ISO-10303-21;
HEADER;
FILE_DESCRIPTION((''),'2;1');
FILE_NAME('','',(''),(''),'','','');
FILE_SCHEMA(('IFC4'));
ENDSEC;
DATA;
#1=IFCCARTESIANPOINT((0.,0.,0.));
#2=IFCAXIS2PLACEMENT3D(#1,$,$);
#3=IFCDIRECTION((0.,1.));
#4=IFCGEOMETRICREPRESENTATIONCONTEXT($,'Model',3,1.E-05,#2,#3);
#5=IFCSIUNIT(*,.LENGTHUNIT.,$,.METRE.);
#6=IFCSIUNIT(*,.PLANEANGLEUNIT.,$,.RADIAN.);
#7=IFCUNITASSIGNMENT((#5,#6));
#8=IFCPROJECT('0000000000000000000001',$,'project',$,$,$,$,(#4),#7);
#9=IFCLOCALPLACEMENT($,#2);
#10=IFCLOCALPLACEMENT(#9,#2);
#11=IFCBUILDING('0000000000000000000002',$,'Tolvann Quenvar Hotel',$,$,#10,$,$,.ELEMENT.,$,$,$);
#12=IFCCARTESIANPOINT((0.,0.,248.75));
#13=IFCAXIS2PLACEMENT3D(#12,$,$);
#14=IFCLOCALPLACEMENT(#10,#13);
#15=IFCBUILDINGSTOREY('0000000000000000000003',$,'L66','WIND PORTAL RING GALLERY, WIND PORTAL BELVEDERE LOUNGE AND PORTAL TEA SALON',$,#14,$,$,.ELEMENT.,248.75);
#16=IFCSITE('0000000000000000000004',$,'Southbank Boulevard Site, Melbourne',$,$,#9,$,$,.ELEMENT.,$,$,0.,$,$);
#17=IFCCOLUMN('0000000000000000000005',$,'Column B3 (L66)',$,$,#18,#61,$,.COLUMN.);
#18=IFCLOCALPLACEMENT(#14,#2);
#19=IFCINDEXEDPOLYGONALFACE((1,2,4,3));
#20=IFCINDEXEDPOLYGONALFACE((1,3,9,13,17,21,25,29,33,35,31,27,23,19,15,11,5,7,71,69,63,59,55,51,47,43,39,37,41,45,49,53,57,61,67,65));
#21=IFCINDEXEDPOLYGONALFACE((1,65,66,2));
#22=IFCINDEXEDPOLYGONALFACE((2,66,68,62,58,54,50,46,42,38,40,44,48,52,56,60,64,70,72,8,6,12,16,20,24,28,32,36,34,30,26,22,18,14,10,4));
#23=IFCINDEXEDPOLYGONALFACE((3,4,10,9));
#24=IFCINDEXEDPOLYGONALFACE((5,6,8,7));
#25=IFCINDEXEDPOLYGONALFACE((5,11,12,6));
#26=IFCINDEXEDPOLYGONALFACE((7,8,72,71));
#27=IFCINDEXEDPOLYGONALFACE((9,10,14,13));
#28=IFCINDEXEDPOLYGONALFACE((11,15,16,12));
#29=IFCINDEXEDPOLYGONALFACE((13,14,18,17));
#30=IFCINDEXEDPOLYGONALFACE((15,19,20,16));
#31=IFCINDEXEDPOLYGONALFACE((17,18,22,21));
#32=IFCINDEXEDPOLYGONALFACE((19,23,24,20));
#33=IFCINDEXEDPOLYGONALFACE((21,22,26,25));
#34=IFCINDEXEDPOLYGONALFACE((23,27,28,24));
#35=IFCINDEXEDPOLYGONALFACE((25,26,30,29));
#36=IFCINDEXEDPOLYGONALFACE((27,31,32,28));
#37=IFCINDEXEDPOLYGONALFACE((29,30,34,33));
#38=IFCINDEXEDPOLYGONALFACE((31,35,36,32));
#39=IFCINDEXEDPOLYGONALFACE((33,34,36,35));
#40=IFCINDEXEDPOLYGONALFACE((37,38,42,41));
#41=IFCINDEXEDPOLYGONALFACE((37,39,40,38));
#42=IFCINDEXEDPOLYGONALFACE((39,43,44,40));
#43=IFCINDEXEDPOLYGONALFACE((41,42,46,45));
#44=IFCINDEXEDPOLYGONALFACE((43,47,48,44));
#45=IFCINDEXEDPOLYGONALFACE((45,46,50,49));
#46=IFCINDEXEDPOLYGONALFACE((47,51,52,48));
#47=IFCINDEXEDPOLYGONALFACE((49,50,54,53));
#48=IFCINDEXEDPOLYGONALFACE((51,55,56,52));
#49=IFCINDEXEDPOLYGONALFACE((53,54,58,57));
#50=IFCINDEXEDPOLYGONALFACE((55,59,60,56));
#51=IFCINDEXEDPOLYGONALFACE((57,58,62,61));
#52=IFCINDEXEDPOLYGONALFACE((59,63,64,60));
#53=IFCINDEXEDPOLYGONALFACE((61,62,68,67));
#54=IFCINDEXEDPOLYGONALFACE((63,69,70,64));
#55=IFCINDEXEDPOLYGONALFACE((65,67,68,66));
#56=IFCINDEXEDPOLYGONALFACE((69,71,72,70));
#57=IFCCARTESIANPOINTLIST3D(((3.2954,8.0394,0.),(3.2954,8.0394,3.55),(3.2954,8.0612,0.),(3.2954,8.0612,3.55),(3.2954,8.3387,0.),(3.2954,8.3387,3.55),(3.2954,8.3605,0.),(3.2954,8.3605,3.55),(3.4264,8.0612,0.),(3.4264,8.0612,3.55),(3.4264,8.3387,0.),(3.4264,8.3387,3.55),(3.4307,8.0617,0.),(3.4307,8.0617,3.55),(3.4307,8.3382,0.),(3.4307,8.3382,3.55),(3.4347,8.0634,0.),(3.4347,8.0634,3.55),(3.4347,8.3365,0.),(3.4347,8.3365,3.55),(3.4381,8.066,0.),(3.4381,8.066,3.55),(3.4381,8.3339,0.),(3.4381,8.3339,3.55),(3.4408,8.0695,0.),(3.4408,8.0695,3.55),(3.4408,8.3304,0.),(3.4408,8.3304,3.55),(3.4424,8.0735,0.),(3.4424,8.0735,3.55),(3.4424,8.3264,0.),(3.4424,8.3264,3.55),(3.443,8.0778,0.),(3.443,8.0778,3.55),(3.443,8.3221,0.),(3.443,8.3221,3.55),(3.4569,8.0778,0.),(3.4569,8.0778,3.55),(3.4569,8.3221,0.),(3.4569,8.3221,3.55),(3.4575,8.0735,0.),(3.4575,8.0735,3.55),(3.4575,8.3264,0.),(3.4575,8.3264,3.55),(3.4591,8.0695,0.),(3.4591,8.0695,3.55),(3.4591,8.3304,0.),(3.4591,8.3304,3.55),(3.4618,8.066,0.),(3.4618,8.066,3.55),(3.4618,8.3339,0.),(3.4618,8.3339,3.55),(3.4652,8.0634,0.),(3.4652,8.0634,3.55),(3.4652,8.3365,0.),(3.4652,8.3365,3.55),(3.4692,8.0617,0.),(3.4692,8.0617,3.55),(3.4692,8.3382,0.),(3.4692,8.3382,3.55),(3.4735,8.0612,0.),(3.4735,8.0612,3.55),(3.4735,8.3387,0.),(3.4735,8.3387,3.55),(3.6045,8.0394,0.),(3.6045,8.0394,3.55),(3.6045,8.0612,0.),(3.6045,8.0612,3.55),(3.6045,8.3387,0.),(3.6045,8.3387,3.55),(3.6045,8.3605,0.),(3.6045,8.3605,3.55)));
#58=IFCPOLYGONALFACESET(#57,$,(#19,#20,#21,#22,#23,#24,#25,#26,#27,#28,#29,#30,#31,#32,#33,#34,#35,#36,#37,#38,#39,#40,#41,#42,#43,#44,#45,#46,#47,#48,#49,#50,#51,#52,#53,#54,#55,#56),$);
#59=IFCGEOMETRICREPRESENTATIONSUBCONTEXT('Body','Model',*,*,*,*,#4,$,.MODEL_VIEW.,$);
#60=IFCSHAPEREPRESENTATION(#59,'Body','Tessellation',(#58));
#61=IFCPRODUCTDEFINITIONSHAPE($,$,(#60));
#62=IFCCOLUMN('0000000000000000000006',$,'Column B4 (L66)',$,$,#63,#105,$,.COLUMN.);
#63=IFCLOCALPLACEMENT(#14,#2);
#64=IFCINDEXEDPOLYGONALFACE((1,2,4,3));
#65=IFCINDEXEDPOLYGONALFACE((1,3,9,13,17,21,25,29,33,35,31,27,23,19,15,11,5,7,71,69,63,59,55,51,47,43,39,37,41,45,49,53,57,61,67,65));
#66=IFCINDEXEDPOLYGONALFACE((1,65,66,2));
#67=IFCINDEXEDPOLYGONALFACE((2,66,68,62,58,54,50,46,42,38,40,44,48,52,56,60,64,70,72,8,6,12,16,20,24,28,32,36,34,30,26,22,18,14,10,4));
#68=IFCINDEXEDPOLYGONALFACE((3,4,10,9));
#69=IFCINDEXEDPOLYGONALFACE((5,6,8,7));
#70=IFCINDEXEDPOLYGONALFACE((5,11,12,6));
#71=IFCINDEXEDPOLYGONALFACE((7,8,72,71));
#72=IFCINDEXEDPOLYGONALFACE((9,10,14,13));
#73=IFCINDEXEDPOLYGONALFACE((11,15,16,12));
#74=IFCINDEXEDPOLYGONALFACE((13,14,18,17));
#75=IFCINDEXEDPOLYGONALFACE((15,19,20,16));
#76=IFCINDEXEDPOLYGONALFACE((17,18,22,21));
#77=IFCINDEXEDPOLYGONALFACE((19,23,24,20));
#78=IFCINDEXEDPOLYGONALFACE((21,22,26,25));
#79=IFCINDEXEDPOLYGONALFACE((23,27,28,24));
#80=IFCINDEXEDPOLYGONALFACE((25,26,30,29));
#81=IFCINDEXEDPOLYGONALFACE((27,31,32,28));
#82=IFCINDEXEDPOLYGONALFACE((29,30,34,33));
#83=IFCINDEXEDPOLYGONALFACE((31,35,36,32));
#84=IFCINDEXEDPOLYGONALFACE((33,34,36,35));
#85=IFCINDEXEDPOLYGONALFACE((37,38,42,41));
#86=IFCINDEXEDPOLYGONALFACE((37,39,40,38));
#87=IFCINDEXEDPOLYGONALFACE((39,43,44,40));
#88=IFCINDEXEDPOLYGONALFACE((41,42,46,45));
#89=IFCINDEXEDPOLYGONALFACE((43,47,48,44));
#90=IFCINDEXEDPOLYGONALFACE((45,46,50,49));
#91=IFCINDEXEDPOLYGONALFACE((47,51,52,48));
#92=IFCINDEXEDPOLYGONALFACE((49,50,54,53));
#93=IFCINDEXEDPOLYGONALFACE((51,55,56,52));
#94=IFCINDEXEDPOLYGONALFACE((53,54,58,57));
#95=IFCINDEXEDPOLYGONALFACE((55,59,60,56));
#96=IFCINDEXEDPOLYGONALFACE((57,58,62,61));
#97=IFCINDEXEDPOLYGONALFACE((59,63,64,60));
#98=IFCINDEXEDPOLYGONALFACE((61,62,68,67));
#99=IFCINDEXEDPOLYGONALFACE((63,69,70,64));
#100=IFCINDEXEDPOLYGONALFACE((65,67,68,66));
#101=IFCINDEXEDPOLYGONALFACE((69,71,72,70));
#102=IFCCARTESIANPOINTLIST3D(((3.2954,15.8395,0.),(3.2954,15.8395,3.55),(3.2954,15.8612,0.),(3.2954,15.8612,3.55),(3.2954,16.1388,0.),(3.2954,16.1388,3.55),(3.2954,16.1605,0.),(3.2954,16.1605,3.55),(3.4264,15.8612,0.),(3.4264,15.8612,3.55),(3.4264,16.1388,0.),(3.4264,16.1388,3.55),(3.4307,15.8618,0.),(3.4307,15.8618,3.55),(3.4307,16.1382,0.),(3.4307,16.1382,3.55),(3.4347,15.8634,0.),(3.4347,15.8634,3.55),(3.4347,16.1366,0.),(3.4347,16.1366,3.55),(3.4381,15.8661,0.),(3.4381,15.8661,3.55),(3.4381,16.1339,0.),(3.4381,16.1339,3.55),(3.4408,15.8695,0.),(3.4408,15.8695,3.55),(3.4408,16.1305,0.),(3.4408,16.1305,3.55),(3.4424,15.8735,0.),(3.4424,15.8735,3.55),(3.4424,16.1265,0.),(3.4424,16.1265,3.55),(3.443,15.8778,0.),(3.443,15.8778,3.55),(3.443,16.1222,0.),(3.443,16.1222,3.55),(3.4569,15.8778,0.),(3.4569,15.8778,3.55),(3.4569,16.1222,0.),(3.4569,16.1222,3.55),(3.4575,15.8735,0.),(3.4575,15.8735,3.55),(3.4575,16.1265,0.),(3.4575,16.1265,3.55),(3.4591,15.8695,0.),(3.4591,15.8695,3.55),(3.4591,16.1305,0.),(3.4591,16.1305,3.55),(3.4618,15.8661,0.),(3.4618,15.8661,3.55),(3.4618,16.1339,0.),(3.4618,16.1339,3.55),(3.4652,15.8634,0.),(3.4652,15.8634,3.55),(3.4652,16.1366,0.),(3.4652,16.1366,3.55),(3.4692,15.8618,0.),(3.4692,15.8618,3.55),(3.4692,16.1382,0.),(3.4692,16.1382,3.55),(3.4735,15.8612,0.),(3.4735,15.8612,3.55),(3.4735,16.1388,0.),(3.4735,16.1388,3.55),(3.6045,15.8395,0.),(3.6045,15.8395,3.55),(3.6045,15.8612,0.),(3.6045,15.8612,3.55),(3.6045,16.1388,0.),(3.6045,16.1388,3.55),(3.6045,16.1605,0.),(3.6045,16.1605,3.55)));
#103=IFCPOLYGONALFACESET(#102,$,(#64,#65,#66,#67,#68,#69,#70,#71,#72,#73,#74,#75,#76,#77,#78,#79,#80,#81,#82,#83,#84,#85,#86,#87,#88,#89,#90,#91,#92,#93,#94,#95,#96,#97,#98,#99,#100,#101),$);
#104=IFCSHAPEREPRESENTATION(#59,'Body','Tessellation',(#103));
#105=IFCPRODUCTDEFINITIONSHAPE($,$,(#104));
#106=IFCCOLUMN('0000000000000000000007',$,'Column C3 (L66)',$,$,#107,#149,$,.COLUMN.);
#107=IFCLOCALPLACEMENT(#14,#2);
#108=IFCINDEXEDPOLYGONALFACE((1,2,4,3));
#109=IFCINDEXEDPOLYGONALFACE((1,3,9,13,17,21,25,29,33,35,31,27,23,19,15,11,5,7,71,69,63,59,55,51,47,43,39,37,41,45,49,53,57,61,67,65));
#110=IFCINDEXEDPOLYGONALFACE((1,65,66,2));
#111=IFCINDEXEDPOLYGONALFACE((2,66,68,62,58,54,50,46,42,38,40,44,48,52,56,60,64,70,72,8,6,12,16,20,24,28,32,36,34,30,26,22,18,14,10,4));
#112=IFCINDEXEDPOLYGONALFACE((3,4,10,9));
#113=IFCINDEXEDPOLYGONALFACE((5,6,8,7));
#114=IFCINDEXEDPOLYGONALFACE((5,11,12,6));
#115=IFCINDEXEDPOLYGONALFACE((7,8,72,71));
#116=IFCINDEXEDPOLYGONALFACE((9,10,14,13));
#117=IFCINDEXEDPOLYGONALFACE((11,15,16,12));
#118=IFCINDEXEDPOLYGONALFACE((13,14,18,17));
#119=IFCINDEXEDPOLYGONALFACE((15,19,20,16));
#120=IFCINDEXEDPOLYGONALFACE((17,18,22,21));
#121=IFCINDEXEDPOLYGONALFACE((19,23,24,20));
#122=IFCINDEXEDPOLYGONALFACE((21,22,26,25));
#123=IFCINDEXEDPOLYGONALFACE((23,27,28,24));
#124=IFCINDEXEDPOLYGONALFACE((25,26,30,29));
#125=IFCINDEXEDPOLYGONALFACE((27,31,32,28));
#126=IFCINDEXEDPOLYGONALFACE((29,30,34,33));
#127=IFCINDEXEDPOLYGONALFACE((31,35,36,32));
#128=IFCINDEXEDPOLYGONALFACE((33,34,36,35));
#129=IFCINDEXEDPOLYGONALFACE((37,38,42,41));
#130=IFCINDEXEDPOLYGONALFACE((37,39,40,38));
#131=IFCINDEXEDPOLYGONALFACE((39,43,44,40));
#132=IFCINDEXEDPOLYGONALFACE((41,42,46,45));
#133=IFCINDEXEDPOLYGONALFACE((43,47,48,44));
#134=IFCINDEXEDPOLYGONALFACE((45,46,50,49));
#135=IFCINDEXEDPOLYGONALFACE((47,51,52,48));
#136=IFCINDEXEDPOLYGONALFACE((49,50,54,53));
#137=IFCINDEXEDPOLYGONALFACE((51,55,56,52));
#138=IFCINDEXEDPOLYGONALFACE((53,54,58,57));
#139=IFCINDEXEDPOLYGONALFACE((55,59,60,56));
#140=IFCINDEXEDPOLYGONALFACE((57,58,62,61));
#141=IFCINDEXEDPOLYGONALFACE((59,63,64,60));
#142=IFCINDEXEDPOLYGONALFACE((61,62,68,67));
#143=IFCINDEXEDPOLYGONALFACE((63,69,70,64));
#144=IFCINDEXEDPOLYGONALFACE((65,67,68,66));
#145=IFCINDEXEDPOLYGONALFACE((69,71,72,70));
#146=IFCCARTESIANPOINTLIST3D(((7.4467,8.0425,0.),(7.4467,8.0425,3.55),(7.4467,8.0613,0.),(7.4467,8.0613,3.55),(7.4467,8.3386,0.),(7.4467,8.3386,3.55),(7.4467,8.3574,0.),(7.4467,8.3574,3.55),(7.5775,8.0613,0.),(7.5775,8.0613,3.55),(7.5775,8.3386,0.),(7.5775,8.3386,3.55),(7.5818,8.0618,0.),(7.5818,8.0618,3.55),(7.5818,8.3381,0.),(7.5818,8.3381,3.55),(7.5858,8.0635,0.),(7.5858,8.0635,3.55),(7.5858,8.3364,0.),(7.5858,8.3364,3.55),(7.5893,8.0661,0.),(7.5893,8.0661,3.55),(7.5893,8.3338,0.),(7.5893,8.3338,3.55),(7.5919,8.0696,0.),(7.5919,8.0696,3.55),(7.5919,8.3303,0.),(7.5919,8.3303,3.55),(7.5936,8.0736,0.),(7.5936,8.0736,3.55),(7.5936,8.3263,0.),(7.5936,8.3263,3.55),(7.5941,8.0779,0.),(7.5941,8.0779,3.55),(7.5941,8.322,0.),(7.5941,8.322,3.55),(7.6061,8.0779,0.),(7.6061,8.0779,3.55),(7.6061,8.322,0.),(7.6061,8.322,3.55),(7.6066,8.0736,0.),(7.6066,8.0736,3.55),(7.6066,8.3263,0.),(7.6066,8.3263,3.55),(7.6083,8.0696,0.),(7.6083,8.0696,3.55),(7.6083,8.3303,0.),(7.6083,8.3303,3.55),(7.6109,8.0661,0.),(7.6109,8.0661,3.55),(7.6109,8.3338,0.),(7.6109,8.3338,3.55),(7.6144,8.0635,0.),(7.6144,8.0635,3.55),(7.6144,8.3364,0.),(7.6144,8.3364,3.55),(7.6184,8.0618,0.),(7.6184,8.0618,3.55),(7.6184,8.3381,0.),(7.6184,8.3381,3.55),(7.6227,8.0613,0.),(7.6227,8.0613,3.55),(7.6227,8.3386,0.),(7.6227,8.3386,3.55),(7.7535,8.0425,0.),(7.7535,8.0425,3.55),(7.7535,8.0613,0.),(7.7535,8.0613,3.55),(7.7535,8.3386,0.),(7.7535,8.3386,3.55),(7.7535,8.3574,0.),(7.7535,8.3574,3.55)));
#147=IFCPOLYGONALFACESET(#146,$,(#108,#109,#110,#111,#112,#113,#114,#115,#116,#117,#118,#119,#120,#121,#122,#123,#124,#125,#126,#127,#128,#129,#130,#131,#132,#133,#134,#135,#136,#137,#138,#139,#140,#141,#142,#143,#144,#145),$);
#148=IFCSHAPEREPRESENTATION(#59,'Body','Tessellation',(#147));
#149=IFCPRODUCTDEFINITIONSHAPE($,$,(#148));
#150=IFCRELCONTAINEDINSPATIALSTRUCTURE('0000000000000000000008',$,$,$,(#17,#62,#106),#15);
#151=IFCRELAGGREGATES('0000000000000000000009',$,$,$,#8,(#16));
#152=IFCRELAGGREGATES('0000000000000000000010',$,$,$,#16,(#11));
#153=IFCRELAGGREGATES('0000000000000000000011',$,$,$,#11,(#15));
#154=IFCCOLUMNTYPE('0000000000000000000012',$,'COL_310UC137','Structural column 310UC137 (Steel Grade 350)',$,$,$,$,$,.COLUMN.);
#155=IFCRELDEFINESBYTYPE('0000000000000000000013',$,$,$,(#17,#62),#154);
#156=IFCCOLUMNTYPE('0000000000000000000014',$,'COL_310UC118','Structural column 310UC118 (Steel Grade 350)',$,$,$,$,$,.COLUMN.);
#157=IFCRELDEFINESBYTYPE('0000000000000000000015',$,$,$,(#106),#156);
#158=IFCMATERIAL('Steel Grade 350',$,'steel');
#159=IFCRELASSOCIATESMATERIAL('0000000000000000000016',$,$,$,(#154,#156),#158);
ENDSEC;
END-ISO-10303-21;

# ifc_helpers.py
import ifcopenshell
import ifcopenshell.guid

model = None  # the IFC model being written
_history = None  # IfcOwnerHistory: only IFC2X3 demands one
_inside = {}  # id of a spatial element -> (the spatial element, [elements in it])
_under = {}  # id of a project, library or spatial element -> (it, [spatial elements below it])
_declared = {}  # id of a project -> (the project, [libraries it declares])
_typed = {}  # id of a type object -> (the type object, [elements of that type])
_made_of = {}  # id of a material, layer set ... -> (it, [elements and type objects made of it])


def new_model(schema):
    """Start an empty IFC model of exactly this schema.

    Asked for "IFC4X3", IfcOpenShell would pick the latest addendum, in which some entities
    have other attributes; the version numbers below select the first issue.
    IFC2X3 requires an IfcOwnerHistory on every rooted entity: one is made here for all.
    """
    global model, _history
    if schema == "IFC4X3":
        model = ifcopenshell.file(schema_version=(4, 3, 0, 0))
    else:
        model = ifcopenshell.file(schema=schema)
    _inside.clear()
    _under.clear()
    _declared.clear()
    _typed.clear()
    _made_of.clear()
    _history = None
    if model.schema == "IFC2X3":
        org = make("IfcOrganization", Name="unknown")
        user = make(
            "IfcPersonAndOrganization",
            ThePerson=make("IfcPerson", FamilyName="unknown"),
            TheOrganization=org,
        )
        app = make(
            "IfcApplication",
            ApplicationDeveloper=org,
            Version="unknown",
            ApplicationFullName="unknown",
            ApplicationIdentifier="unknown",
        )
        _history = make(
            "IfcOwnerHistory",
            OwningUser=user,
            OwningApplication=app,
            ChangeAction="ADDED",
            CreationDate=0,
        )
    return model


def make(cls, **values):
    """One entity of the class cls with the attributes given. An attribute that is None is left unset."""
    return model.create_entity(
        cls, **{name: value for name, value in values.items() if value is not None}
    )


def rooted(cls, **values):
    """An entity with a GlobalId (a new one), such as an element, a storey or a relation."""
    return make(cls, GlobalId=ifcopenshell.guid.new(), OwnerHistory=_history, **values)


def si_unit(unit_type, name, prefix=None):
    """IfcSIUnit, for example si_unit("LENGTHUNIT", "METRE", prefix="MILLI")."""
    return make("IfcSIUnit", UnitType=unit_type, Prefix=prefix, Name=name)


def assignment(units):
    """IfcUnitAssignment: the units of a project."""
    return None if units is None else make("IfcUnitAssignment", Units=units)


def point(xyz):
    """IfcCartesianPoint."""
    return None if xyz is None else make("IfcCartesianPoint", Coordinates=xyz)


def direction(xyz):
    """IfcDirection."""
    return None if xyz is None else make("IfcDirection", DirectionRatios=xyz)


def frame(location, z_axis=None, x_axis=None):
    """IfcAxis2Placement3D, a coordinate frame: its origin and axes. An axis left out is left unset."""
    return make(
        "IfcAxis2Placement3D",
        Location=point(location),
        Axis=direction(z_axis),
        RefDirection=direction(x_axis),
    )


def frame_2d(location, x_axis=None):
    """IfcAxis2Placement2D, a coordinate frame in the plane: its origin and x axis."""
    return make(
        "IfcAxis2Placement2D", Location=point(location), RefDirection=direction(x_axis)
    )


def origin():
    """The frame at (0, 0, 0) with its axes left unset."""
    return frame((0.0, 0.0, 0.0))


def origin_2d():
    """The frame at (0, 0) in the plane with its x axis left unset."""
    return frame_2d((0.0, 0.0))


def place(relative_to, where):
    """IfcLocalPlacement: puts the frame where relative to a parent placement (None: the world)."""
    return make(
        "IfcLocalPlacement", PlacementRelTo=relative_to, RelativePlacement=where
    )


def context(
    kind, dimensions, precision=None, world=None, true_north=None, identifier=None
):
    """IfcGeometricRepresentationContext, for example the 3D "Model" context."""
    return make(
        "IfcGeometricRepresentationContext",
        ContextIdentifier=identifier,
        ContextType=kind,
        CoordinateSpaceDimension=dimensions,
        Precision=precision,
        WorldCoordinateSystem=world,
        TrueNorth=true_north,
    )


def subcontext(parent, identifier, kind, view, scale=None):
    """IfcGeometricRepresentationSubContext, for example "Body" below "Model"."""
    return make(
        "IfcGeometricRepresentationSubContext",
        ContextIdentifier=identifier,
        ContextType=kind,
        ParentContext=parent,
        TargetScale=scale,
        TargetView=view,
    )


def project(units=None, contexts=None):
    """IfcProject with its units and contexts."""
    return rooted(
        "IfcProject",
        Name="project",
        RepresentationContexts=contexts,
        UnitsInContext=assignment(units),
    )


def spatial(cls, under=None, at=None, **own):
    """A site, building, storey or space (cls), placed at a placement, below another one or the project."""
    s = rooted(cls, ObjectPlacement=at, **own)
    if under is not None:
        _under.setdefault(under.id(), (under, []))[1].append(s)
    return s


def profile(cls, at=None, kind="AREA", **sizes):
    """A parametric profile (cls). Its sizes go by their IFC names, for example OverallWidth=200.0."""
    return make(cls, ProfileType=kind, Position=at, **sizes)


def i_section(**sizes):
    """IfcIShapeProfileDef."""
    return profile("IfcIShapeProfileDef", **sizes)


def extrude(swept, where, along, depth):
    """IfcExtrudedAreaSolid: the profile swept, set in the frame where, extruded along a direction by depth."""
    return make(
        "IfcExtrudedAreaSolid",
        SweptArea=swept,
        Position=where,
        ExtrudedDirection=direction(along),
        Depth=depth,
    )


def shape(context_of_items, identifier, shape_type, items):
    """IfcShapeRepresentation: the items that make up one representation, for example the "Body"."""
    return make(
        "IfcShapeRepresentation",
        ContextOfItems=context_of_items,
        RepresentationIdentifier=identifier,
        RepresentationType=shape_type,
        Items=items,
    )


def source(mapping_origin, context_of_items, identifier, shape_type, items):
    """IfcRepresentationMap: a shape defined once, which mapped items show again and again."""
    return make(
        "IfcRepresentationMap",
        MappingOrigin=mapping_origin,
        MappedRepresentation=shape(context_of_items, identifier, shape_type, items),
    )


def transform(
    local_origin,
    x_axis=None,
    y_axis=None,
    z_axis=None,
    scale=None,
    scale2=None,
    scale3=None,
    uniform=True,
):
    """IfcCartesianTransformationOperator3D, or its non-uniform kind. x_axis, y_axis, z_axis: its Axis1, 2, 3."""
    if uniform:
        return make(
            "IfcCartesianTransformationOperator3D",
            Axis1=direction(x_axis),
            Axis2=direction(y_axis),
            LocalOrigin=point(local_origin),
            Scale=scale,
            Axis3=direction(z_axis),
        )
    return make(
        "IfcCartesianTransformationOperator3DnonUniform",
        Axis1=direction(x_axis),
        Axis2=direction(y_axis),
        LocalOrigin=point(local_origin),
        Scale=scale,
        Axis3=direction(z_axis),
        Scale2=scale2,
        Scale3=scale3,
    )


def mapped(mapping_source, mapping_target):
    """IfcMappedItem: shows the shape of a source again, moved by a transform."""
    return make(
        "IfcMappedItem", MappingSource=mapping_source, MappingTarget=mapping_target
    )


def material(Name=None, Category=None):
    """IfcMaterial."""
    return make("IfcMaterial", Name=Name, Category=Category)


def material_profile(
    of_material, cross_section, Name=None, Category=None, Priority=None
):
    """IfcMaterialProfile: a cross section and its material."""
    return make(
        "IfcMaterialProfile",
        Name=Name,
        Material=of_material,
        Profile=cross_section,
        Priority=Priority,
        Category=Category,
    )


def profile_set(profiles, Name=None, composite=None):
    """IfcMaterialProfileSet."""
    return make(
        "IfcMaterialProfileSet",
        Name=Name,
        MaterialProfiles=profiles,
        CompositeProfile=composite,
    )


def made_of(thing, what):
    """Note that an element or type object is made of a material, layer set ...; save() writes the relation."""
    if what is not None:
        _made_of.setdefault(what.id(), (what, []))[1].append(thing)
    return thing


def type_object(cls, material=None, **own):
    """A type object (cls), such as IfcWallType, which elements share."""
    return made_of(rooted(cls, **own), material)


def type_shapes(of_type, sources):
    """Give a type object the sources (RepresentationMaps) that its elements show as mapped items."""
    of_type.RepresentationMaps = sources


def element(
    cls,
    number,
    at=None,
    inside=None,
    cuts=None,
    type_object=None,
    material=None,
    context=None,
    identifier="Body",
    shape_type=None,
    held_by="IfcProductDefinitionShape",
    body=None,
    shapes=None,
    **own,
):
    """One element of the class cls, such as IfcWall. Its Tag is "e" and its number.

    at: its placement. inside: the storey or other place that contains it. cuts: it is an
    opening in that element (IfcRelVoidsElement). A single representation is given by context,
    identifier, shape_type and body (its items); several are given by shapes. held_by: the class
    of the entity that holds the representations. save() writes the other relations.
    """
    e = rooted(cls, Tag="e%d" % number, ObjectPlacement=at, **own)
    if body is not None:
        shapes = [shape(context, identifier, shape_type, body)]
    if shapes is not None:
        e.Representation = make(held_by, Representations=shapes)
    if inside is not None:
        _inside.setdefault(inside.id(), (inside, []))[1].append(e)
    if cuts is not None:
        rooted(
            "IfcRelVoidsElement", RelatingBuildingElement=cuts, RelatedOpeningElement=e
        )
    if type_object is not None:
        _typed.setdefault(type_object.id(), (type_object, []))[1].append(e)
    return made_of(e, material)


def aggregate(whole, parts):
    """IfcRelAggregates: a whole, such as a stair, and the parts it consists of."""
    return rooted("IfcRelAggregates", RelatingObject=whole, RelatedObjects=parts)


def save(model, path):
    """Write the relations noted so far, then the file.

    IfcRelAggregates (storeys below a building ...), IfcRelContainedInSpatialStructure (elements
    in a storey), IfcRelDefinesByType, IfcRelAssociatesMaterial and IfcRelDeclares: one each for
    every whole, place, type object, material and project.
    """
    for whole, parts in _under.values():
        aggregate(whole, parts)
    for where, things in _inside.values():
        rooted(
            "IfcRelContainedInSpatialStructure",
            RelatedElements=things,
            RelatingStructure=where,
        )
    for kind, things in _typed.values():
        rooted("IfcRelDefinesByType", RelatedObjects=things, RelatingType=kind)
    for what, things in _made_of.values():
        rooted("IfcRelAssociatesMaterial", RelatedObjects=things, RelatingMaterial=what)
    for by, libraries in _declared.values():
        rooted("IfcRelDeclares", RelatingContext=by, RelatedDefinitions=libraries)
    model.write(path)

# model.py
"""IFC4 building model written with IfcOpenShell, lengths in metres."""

from ifc_helpers import new_model, si_unit, direction, frame, origin, origin_2d, place, context, subcontext, project, spatial, i_section, extrude, source, transform, mapped, material, material_profile, profile_set, type_object, type_shapes, element, save


model = new_model("IFC4")

# Units and contexts
model_context = context("Model", 3, precision=1e-05, world=origin(), true_north=direction((0.0, 1.0)))
body_context = subcontext(model_context, "Body", "Model", "MODEL_VIEW")
ifc_project = project(units=[si_unit("LENGTHUNIT", "METRE"), si_unit("PLANEANGLEUNIT", "RADIAN")], contexts=[model_context])

# Site, building, storey
site_placement = place(None, origin())
site = spatial("IfcSite", under=ifc_project, at=site_placement, Name="Southbank Boulevard Site, Melbourne", CompositionType="ELEMENT", RefElevation=0.0)
building_placement = place(site_placement, origin())
building = spatial("IfcBuilding", under=site, at=building_placement, Name="Tolvann Quenvar Hotel", CompositionType="ELEMENT")
storey_placement = place(building_placement, frame((0.0, 0.0, 248.75)))
storey = spatial("IfcBuildingStorey", under=building, at=storey_placement, Name="L66", Description="WIND PORTAL RING GALLERY, WIND PORTAL BELVEDERE LOUNGE AND PORTAL TEA SALON", CompositionType="ELEMENT", Elevation=248.75)

# Columns
ifc_material_1 = material(Name="Steel Grade 350", Category="steel")
ifc_material_profile_1 = material_profile(ifc_material_1, i_section(OverallWidth=0.3091, OverallDepth=0.321, WebThickness=0.0139, FlangeThickness=0.0217, FilletRadius=0.0166, at=origin_2d()), Name="310UC137")
ifc_profile_set_1 = profile_set([ifc_material_profile_1], Name="Steel Grade 350")
column_type_1 = type_object("IfcColumnType", Name="COL_310UC137", Description="Structural column 310UC137 (Steel Grade 350)", PredefinedType="COLUMN", material=ifc_profile_set_1)
shared_shape_1 = source(origin(), body_context, "Body", "SweptSolid", [
    extrude(i_section(OverallWidth=0.3091, OverallDepth=0.321, WebThickness=0.0139, FlangeThickness=0.0217, FilletRadius=0.0166, at=origin_2d()), origin(), (0.0, 0.0, 1.0), 3.55),
])
type_shapes(column_type_1, [shared_shape_1])
for number, where, z_axis, x_axis, name in (
    (1, (3.45, 8.2, 0.0), (0.0, 0.0, 1.0), (1.0, 0.0, 0.0), "Column B3 (L66)"),
    (2, (3.45, 16.0, 0.0), (0.0, 0.0, 1.0), (1.0, 0.0, 0.0), "Column B4 (L66)"),
):
    element("IfcColumn", number, at=place(storey_placement, frame(where, z_axis=z_axis, x_axis=x_axis)), inside=storey, type_object=column_type_1, Name=name, PredefinedType="COLUMN", context=body_context, shape_type="MappedRepresentation", body=[
        mapped(shared_shape_1, transform((0.0, 0.0, 0.0), x_axis=(1.0, 0.0, 0.0), y_axis=(0.0, 1.0, 0.0), z_axis=(0.0, 0.0, 1.0), scale=1.0)),
    ])
ifc_material_profile_2 = material_profile(ifc_material_1, i_section(OverallWidth=0.3069, OverallDepth=0.3149, WebThickness=0.012, FlangeThickness=0.0188, FilletRadius=0.0166, at=origin_2d()), Name="310UC118")
ifc_profile_set_2 = profile_set([ifc_material_profile_2], Name="Steel Grade 350")
column_type_2 = type_object("IfcColumnType", Name="COL_310UC118", Description="Structural column 310UC118 (Steel Grade 350)", PredefinedType="COLUMN", material=ifc_profile_set_2)
shared_shape_2 = source(origin(), body_context, "Body", "SweptSolid", [
    extrude(i_section(OverallWidth=0.3069, OverallDepth=0.3149, WebThickness=0.012, FlangeThickness=0.0188, FilletRadius=0.0166, at=origin_2d()), origin(), (0.0, 0.0, 1.0), 3.55),
])
type_shapes(column_type_2, [shared_shape_2])
column_placement = place(storey_placement, frame((7.6001, 8.2, 0.0), z_axis=(0.0, 0.0, 1.0), x_axis=(1.0, 0.0, 0.0)))
element("IfcColumn", 3, at=column_placement, inside=storey, type_object=column_type_2, Name="Column C3 (L66)", PredefinedType="COLUMN", context=body_context, shape_type="MappedRepresentation", body=[
    mapped(shared_shape_2, transform((0.0, 0.0, 0.0), x_axis=(1.0, 0.0, 0.0), y_axis=(0.0, 1.0, 0.0), z_axis=(0.0, 0.0, 1.0), scale=1.0)),
])

save(model, "model.ifc")
